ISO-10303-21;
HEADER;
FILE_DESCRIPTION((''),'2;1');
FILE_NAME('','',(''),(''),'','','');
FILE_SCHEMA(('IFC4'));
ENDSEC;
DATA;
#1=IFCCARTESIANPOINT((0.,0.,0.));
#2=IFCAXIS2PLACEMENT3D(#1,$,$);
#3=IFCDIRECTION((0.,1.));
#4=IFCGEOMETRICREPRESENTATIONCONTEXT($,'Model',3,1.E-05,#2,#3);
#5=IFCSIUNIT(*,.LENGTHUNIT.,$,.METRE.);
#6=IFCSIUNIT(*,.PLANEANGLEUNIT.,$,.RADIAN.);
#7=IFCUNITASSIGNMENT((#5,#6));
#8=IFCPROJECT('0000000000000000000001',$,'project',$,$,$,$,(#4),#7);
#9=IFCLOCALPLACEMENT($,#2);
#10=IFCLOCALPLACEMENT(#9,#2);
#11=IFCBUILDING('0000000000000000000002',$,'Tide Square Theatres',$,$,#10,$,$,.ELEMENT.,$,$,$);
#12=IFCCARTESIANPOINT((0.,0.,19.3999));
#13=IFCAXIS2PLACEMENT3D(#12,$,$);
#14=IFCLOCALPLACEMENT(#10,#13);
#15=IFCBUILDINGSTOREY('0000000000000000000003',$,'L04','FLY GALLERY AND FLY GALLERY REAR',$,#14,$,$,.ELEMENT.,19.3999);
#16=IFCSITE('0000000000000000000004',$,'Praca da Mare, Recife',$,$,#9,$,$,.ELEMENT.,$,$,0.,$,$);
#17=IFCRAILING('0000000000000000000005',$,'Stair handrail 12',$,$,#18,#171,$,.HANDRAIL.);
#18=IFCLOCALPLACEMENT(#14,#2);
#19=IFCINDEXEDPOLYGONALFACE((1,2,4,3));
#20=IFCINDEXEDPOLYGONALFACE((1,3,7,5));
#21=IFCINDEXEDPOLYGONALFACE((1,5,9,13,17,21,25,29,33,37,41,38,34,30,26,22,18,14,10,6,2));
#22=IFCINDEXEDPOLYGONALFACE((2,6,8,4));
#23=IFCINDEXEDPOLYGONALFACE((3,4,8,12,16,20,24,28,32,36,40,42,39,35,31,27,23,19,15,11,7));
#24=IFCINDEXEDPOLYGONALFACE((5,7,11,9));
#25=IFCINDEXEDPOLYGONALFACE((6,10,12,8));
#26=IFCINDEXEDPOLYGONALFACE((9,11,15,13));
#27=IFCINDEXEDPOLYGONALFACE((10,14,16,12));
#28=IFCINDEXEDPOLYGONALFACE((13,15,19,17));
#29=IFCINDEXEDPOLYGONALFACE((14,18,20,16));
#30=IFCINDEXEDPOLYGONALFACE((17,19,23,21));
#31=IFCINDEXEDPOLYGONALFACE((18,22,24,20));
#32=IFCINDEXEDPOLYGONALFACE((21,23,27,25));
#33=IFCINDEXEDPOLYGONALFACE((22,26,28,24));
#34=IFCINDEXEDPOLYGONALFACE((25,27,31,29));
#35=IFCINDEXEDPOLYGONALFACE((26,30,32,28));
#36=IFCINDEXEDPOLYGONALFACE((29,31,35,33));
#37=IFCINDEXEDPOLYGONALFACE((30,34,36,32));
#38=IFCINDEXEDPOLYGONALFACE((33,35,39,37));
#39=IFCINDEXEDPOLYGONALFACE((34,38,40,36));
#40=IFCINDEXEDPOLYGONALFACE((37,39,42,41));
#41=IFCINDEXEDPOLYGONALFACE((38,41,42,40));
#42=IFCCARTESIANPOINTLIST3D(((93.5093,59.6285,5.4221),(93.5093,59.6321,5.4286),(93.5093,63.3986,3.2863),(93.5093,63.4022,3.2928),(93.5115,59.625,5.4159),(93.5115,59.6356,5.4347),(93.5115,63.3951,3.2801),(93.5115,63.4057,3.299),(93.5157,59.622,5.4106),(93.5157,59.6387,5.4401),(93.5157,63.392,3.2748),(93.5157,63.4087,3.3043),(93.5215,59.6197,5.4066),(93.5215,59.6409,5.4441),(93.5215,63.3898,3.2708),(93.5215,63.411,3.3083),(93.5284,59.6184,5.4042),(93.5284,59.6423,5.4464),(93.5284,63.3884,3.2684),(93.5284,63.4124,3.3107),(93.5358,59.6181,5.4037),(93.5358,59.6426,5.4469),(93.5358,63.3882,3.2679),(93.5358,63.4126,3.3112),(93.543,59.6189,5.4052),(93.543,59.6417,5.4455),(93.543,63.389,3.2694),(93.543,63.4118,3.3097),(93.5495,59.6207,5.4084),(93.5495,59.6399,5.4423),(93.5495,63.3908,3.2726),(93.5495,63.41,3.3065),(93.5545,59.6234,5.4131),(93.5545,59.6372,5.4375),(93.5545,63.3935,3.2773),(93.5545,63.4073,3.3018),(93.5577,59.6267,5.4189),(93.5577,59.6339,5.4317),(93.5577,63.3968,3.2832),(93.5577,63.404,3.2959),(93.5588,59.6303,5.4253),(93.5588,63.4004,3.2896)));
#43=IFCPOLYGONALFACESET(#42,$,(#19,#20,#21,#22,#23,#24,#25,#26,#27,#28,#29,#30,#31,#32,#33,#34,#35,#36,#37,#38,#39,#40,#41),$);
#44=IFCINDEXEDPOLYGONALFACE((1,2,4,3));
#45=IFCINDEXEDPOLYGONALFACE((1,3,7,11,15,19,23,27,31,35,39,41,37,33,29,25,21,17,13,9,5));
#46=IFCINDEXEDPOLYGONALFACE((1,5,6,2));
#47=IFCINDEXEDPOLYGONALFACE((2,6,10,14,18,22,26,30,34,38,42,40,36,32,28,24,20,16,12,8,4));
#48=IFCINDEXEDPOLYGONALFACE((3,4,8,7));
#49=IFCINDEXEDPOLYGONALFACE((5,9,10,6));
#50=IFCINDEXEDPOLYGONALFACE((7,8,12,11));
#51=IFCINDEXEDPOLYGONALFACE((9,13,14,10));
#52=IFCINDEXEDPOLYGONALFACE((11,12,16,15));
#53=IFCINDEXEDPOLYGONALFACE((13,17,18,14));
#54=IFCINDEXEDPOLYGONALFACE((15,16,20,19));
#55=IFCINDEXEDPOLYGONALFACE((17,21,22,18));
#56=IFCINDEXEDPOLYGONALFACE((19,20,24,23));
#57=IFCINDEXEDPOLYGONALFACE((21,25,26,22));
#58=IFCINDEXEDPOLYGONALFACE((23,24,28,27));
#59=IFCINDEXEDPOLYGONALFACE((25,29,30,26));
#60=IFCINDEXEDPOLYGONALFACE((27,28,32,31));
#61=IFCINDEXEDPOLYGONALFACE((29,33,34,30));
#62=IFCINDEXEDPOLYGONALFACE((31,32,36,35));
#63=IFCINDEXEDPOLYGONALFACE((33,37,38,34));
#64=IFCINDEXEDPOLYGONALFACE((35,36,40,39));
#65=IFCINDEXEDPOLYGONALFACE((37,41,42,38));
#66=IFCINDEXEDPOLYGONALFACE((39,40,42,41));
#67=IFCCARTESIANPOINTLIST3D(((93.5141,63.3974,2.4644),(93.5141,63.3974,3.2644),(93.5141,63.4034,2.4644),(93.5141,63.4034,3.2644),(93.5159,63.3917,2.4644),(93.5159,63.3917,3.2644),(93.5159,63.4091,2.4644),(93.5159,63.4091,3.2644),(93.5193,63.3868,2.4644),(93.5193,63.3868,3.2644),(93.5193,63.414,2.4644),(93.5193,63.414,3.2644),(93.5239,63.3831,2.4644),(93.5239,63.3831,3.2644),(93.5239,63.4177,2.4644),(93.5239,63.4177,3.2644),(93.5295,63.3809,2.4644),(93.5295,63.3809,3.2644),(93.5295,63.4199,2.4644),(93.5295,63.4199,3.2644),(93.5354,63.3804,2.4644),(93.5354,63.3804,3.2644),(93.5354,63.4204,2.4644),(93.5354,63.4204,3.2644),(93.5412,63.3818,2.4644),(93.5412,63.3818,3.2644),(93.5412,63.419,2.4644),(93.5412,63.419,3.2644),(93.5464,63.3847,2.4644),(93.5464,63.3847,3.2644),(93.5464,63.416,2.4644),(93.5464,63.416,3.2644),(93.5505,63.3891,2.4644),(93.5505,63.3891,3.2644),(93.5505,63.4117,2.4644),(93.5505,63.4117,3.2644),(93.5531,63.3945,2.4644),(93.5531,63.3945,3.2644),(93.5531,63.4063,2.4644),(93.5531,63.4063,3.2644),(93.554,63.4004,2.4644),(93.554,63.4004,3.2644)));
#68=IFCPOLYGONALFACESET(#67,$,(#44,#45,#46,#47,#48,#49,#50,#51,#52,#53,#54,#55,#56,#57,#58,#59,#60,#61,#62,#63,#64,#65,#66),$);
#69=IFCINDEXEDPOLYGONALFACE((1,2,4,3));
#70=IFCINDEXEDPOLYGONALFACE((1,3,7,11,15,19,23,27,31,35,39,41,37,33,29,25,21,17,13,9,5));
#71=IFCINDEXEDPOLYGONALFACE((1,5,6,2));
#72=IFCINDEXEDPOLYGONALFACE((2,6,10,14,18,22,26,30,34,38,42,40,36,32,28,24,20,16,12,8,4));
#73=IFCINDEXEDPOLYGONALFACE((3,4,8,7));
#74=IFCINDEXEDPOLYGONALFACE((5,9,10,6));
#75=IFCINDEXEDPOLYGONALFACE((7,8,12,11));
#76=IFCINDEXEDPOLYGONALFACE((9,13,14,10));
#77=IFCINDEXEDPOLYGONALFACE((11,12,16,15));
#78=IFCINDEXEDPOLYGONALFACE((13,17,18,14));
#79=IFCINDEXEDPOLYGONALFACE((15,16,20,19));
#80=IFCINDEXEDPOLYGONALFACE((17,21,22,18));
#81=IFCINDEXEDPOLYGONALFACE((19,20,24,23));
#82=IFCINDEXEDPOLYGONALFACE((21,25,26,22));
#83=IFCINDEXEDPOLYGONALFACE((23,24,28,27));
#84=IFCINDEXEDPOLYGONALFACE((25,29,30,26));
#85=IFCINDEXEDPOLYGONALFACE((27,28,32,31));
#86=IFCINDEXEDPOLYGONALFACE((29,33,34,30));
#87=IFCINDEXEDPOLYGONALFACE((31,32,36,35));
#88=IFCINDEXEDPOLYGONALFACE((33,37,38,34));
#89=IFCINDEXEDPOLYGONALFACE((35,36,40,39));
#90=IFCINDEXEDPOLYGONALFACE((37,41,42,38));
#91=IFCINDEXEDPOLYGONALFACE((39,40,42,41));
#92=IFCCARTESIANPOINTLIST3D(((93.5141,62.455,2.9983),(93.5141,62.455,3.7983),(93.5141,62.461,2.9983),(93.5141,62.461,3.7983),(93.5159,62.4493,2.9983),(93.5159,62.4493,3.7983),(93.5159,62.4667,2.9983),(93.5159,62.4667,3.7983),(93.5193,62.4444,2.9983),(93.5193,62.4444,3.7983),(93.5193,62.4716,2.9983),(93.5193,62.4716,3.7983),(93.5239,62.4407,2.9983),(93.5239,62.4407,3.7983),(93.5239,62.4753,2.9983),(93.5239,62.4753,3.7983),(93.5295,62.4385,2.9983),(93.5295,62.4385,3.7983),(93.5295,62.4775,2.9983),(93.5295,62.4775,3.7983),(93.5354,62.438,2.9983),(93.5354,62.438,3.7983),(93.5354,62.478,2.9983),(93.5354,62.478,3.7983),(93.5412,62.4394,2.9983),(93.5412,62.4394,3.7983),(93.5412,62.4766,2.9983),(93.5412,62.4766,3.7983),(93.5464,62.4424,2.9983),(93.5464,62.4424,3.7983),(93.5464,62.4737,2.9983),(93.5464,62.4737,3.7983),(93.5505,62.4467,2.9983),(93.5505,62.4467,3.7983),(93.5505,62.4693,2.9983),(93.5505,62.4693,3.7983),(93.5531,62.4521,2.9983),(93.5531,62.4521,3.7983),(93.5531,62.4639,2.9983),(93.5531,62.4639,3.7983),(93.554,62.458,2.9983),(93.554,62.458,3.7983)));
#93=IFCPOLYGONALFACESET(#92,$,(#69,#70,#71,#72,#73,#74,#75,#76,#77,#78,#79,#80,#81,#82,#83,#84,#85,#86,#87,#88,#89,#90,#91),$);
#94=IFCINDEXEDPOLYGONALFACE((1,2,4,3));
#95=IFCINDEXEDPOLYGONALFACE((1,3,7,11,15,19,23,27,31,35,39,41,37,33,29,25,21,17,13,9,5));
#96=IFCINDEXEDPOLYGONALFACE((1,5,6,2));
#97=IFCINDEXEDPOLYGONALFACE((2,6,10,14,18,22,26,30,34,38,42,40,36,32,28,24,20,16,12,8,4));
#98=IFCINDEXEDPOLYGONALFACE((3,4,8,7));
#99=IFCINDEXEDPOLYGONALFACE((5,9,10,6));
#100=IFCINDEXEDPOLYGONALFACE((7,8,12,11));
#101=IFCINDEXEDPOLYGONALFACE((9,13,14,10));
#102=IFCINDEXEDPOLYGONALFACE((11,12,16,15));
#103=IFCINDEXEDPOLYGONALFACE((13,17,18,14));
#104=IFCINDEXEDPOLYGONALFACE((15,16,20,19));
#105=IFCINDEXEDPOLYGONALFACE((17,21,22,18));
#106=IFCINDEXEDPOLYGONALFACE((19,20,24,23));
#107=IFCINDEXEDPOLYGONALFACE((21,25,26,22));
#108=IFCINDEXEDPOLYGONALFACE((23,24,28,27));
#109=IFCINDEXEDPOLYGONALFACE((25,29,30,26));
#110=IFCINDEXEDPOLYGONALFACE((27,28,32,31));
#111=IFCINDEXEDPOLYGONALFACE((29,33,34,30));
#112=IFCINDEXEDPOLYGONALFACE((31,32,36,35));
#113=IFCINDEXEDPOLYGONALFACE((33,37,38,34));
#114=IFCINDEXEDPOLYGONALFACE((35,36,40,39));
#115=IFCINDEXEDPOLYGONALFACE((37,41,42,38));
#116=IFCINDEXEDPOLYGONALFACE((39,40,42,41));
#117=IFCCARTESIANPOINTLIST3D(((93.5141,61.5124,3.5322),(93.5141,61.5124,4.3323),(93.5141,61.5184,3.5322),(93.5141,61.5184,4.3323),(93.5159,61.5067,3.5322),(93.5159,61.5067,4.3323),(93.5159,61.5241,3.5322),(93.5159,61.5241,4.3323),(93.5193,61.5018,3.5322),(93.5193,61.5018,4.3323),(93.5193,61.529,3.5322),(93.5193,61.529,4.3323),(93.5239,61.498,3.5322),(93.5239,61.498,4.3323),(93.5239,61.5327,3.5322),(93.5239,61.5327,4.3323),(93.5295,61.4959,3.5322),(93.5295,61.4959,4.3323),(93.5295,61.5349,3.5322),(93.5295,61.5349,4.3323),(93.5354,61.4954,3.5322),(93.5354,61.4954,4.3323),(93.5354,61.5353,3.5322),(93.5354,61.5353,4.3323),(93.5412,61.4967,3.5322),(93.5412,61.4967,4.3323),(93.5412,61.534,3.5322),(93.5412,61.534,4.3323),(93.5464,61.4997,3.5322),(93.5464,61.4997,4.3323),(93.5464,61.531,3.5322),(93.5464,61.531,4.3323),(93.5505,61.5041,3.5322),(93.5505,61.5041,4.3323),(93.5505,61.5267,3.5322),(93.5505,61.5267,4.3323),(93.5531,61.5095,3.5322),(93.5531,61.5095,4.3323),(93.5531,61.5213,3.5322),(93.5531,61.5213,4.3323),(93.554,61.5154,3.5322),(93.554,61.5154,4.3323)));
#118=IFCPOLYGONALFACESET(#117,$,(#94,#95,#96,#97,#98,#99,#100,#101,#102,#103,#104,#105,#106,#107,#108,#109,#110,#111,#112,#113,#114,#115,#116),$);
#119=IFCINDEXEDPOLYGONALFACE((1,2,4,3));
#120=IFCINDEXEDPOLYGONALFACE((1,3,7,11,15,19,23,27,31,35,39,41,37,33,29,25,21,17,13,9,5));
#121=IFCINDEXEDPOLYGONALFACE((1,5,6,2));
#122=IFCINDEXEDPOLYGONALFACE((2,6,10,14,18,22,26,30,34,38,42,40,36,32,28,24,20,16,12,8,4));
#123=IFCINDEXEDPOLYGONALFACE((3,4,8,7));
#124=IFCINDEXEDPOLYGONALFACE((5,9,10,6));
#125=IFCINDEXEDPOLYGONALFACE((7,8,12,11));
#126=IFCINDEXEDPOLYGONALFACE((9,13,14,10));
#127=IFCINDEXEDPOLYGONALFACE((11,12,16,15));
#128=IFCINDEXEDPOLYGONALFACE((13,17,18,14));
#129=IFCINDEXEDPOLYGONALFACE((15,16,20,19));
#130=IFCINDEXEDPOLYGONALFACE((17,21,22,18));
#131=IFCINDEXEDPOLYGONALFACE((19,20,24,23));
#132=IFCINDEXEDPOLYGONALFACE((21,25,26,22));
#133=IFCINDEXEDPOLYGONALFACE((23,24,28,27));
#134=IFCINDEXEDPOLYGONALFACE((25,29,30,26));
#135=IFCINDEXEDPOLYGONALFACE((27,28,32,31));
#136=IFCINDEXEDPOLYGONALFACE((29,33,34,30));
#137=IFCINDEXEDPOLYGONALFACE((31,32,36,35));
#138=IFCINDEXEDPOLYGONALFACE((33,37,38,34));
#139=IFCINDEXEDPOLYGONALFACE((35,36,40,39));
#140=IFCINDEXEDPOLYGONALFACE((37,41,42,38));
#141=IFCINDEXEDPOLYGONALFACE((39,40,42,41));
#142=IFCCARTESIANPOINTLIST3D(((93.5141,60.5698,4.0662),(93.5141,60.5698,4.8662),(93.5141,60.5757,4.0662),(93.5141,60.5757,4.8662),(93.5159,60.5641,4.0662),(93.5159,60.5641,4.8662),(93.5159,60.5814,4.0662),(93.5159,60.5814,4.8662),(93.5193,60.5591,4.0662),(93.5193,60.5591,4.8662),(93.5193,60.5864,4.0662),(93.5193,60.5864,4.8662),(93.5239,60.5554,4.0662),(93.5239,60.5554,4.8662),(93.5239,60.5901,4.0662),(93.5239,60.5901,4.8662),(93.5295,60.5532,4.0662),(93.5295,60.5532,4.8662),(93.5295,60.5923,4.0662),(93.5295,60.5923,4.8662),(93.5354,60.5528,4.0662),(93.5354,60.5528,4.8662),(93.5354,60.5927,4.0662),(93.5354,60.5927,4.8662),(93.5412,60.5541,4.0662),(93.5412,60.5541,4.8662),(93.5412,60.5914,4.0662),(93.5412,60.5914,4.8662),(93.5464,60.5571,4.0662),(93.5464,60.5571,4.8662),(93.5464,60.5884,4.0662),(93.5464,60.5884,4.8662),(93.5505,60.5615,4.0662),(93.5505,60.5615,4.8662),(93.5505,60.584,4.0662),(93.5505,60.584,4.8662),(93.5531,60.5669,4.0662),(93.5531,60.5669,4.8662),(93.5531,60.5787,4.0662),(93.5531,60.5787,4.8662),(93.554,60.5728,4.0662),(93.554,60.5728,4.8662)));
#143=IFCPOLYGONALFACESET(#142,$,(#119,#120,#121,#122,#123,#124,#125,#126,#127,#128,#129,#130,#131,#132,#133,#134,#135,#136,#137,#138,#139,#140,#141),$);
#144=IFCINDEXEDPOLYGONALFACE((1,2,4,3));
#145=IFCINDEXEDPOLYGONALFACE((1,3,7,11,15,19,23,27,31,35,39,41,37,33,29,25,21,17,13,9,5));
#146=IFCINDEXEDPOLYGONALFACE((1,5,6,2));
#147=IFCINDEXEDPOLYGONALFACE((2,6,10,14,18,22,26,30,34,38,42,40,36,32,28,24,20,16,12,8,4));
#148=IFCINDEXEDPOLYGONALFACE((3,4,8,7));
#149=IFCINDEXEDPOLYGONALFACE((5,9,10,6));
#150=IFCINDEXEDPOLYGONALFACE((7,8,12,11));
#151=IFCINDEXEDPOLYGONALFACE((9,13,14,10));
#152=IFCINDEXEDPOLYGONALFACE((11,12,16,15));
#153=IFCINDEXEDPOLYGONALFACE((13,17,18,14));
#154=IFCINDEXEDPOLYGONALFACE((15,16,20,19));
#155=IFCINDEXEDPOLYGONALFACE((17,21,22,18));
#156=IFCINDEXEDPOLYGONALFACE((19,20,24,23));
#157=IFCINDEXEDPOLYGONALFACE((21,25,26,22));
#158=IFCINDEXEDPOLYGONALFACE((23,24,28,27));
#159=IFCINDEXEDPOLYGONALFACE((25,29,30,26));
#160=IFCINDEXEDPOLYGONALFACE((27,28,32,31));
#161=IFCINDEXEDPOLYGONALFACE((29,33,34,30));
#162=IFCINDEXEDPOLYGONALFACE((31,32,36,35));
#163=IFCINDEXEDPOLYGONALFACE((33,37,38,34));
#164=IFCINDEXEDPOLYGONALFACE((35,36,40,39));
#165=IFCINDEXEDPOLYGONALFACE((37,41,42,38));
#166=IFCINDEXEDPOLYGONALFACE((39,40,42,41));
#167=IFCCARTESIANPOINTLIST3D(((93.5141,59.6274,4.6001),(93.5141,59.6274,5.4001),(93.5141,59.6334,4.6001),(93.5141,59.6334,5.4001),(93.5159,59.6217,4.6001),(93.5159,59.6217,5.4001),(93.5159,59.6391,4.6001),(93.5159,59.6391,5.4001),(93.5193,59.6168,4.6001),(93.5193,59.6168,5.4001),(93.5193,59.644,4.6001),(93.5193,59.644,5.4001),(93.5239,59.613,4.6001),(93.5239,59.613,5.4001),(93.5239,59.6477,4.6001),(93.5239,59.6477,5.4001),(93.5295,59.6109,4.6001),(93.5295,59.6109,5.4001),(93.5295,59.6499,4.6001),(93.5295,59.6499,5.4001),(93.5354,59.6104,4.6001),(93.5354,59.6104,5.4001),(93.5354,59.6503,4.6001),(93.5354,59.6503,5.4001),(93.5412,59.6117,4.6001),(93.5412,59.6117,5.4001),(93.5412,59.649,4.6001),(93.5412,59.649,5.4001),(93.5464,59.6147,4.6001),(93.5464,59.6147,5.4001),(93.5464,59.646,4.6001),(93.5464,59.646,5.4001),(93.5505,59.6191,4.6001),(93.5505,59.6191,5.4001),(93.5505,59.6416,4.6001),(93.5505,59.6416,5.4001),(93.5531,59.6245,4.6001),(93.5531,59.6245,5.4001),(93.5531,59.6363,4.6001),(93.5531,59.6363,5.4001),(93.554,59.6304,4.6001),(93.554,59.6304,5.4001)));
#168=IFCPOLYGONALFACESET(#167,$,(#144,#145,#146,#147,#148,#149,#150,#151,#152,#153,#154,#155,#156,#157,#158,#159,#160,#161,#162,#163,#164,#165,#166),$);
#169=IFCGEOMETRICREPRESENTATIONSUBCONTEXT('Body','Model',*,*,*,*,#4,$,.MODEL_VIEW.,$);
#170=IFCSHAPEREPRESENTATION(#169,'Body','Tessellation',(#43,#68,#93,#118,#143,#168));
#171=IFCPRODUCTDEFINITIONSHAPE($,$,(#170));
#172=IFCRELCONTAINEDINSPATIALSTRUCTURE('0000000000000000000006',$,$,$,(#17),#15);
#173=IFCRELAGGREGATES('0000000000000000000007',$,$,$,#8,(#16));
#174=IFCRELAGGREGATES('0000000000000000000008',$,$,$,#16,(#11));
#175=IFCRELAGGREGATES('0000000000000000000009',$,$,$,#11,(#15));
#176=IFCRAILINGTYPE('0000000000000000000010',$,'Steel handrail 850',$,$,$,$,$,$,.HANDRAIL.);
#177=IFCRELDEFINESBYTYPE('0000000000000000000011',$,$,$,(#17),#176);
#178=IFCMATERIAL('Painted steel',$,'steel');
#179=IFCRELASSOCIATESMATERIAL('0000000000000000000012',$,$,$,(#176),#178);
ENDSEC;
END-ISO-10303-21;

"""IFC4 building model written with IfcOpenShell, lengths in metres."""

from ifc_helpers import new_model, si_unit, direction, frame, origin, origin_2d, place, context, subcontext, project, spatial, circle, extrude, material, type_object, element, save


model = new_model("IFC4")

# Units and contexts
model_context = context("Model", 3, precision=1e-05, world=origin(), true_north=direction((0.0, 1.0)))
body_context = subcontext(model_context, "Body", "Model", "MODEL_VIEW")
ifc_project = project(units=[si_unit("LENGTHUNIT", "METRE"), si_unit("PLANEANGLEUNIT", "RADIAN")], contexts=[model_context])

# Site, building, storey
site_placement = place(None, origin())
site = spatial("IfcSite", under=ifc_project, at=site_placement, Name="Praca da Mare, Recife", CompositionType="ELEMENT", RefElevation=0.0)
building_placement = place(site_placement, origin())
building = spatial("IfcBuilding", under=site, at=building_placement, Name="Tide Square Theatres", CompositionType="ELEMENT")
storey_placement = place(building_placement, frame((0.0, 0.0, 19.3999)))
storey = spatial("IfcBuildingStorey", under=building, at=storey_placement, Name="L04", Description="FLY GALLERY AND FLY GALLERY REAR", CompositionType="ELEMENT", Elevation=19.3999)

# Railing
ifc_material_1 = material(Name="Painted steel", Category="steel")
railing_type_1 = type_object("IfcRailingType", Name="Steel handrail 850", PredefinedType="HANDRAIL", material=ifc_material_1)
for number, where, name in (
    (1, (93.5339, 63.4004, 2.4644), "Stair handrail 12"),
):
    element("IfcRailing", number, at=place(storey_placement, frame(where)), inside=storey, type_object=railing_type_1, Name=name, PredefinedType="HANDRAIL", context=body_context, shape_type="SweptSolid", body=[
        extrude(circle(Radius=0.0249, at=origin_2d()), frame((0.0, 0.0, 0.8252), z_axis=(0.0, -0.870082, 0.492907), x_axis=(1.0, 0.0, 0.0)), (0.0, 0.0, 1.0), 4.333),
        extrude(circle(Radius=0.02, at=origin_2d()), origin(), (0.0, 0.0, 1.0), 0.8),
        extrude(circle(Radius=0.02, at=origin_2d()), frame((0.0, -0.9424, 0.5339)), (0.0, 0.0, 1.0), 0.8),
        extrude(circle(Radius=0.02, at=origin_2d()), frame((0.0, -1.885, 1.0679)), (0.0, 0.0, 1.0), 0.8),
        extrude(circle(Radius=0.02, at=origin_2d()), frame((0.0, -2.8276, 1.6018)), (0.0, 0.0, 1.0), 0.8),
        extrude(circle(Radius=0.02, at=origin_2d()), frame((0.0, -3.77, 2.1357)), (0.0, 0.0, 1.0), 0.8),
    ])

save(model, "model.ifc")
